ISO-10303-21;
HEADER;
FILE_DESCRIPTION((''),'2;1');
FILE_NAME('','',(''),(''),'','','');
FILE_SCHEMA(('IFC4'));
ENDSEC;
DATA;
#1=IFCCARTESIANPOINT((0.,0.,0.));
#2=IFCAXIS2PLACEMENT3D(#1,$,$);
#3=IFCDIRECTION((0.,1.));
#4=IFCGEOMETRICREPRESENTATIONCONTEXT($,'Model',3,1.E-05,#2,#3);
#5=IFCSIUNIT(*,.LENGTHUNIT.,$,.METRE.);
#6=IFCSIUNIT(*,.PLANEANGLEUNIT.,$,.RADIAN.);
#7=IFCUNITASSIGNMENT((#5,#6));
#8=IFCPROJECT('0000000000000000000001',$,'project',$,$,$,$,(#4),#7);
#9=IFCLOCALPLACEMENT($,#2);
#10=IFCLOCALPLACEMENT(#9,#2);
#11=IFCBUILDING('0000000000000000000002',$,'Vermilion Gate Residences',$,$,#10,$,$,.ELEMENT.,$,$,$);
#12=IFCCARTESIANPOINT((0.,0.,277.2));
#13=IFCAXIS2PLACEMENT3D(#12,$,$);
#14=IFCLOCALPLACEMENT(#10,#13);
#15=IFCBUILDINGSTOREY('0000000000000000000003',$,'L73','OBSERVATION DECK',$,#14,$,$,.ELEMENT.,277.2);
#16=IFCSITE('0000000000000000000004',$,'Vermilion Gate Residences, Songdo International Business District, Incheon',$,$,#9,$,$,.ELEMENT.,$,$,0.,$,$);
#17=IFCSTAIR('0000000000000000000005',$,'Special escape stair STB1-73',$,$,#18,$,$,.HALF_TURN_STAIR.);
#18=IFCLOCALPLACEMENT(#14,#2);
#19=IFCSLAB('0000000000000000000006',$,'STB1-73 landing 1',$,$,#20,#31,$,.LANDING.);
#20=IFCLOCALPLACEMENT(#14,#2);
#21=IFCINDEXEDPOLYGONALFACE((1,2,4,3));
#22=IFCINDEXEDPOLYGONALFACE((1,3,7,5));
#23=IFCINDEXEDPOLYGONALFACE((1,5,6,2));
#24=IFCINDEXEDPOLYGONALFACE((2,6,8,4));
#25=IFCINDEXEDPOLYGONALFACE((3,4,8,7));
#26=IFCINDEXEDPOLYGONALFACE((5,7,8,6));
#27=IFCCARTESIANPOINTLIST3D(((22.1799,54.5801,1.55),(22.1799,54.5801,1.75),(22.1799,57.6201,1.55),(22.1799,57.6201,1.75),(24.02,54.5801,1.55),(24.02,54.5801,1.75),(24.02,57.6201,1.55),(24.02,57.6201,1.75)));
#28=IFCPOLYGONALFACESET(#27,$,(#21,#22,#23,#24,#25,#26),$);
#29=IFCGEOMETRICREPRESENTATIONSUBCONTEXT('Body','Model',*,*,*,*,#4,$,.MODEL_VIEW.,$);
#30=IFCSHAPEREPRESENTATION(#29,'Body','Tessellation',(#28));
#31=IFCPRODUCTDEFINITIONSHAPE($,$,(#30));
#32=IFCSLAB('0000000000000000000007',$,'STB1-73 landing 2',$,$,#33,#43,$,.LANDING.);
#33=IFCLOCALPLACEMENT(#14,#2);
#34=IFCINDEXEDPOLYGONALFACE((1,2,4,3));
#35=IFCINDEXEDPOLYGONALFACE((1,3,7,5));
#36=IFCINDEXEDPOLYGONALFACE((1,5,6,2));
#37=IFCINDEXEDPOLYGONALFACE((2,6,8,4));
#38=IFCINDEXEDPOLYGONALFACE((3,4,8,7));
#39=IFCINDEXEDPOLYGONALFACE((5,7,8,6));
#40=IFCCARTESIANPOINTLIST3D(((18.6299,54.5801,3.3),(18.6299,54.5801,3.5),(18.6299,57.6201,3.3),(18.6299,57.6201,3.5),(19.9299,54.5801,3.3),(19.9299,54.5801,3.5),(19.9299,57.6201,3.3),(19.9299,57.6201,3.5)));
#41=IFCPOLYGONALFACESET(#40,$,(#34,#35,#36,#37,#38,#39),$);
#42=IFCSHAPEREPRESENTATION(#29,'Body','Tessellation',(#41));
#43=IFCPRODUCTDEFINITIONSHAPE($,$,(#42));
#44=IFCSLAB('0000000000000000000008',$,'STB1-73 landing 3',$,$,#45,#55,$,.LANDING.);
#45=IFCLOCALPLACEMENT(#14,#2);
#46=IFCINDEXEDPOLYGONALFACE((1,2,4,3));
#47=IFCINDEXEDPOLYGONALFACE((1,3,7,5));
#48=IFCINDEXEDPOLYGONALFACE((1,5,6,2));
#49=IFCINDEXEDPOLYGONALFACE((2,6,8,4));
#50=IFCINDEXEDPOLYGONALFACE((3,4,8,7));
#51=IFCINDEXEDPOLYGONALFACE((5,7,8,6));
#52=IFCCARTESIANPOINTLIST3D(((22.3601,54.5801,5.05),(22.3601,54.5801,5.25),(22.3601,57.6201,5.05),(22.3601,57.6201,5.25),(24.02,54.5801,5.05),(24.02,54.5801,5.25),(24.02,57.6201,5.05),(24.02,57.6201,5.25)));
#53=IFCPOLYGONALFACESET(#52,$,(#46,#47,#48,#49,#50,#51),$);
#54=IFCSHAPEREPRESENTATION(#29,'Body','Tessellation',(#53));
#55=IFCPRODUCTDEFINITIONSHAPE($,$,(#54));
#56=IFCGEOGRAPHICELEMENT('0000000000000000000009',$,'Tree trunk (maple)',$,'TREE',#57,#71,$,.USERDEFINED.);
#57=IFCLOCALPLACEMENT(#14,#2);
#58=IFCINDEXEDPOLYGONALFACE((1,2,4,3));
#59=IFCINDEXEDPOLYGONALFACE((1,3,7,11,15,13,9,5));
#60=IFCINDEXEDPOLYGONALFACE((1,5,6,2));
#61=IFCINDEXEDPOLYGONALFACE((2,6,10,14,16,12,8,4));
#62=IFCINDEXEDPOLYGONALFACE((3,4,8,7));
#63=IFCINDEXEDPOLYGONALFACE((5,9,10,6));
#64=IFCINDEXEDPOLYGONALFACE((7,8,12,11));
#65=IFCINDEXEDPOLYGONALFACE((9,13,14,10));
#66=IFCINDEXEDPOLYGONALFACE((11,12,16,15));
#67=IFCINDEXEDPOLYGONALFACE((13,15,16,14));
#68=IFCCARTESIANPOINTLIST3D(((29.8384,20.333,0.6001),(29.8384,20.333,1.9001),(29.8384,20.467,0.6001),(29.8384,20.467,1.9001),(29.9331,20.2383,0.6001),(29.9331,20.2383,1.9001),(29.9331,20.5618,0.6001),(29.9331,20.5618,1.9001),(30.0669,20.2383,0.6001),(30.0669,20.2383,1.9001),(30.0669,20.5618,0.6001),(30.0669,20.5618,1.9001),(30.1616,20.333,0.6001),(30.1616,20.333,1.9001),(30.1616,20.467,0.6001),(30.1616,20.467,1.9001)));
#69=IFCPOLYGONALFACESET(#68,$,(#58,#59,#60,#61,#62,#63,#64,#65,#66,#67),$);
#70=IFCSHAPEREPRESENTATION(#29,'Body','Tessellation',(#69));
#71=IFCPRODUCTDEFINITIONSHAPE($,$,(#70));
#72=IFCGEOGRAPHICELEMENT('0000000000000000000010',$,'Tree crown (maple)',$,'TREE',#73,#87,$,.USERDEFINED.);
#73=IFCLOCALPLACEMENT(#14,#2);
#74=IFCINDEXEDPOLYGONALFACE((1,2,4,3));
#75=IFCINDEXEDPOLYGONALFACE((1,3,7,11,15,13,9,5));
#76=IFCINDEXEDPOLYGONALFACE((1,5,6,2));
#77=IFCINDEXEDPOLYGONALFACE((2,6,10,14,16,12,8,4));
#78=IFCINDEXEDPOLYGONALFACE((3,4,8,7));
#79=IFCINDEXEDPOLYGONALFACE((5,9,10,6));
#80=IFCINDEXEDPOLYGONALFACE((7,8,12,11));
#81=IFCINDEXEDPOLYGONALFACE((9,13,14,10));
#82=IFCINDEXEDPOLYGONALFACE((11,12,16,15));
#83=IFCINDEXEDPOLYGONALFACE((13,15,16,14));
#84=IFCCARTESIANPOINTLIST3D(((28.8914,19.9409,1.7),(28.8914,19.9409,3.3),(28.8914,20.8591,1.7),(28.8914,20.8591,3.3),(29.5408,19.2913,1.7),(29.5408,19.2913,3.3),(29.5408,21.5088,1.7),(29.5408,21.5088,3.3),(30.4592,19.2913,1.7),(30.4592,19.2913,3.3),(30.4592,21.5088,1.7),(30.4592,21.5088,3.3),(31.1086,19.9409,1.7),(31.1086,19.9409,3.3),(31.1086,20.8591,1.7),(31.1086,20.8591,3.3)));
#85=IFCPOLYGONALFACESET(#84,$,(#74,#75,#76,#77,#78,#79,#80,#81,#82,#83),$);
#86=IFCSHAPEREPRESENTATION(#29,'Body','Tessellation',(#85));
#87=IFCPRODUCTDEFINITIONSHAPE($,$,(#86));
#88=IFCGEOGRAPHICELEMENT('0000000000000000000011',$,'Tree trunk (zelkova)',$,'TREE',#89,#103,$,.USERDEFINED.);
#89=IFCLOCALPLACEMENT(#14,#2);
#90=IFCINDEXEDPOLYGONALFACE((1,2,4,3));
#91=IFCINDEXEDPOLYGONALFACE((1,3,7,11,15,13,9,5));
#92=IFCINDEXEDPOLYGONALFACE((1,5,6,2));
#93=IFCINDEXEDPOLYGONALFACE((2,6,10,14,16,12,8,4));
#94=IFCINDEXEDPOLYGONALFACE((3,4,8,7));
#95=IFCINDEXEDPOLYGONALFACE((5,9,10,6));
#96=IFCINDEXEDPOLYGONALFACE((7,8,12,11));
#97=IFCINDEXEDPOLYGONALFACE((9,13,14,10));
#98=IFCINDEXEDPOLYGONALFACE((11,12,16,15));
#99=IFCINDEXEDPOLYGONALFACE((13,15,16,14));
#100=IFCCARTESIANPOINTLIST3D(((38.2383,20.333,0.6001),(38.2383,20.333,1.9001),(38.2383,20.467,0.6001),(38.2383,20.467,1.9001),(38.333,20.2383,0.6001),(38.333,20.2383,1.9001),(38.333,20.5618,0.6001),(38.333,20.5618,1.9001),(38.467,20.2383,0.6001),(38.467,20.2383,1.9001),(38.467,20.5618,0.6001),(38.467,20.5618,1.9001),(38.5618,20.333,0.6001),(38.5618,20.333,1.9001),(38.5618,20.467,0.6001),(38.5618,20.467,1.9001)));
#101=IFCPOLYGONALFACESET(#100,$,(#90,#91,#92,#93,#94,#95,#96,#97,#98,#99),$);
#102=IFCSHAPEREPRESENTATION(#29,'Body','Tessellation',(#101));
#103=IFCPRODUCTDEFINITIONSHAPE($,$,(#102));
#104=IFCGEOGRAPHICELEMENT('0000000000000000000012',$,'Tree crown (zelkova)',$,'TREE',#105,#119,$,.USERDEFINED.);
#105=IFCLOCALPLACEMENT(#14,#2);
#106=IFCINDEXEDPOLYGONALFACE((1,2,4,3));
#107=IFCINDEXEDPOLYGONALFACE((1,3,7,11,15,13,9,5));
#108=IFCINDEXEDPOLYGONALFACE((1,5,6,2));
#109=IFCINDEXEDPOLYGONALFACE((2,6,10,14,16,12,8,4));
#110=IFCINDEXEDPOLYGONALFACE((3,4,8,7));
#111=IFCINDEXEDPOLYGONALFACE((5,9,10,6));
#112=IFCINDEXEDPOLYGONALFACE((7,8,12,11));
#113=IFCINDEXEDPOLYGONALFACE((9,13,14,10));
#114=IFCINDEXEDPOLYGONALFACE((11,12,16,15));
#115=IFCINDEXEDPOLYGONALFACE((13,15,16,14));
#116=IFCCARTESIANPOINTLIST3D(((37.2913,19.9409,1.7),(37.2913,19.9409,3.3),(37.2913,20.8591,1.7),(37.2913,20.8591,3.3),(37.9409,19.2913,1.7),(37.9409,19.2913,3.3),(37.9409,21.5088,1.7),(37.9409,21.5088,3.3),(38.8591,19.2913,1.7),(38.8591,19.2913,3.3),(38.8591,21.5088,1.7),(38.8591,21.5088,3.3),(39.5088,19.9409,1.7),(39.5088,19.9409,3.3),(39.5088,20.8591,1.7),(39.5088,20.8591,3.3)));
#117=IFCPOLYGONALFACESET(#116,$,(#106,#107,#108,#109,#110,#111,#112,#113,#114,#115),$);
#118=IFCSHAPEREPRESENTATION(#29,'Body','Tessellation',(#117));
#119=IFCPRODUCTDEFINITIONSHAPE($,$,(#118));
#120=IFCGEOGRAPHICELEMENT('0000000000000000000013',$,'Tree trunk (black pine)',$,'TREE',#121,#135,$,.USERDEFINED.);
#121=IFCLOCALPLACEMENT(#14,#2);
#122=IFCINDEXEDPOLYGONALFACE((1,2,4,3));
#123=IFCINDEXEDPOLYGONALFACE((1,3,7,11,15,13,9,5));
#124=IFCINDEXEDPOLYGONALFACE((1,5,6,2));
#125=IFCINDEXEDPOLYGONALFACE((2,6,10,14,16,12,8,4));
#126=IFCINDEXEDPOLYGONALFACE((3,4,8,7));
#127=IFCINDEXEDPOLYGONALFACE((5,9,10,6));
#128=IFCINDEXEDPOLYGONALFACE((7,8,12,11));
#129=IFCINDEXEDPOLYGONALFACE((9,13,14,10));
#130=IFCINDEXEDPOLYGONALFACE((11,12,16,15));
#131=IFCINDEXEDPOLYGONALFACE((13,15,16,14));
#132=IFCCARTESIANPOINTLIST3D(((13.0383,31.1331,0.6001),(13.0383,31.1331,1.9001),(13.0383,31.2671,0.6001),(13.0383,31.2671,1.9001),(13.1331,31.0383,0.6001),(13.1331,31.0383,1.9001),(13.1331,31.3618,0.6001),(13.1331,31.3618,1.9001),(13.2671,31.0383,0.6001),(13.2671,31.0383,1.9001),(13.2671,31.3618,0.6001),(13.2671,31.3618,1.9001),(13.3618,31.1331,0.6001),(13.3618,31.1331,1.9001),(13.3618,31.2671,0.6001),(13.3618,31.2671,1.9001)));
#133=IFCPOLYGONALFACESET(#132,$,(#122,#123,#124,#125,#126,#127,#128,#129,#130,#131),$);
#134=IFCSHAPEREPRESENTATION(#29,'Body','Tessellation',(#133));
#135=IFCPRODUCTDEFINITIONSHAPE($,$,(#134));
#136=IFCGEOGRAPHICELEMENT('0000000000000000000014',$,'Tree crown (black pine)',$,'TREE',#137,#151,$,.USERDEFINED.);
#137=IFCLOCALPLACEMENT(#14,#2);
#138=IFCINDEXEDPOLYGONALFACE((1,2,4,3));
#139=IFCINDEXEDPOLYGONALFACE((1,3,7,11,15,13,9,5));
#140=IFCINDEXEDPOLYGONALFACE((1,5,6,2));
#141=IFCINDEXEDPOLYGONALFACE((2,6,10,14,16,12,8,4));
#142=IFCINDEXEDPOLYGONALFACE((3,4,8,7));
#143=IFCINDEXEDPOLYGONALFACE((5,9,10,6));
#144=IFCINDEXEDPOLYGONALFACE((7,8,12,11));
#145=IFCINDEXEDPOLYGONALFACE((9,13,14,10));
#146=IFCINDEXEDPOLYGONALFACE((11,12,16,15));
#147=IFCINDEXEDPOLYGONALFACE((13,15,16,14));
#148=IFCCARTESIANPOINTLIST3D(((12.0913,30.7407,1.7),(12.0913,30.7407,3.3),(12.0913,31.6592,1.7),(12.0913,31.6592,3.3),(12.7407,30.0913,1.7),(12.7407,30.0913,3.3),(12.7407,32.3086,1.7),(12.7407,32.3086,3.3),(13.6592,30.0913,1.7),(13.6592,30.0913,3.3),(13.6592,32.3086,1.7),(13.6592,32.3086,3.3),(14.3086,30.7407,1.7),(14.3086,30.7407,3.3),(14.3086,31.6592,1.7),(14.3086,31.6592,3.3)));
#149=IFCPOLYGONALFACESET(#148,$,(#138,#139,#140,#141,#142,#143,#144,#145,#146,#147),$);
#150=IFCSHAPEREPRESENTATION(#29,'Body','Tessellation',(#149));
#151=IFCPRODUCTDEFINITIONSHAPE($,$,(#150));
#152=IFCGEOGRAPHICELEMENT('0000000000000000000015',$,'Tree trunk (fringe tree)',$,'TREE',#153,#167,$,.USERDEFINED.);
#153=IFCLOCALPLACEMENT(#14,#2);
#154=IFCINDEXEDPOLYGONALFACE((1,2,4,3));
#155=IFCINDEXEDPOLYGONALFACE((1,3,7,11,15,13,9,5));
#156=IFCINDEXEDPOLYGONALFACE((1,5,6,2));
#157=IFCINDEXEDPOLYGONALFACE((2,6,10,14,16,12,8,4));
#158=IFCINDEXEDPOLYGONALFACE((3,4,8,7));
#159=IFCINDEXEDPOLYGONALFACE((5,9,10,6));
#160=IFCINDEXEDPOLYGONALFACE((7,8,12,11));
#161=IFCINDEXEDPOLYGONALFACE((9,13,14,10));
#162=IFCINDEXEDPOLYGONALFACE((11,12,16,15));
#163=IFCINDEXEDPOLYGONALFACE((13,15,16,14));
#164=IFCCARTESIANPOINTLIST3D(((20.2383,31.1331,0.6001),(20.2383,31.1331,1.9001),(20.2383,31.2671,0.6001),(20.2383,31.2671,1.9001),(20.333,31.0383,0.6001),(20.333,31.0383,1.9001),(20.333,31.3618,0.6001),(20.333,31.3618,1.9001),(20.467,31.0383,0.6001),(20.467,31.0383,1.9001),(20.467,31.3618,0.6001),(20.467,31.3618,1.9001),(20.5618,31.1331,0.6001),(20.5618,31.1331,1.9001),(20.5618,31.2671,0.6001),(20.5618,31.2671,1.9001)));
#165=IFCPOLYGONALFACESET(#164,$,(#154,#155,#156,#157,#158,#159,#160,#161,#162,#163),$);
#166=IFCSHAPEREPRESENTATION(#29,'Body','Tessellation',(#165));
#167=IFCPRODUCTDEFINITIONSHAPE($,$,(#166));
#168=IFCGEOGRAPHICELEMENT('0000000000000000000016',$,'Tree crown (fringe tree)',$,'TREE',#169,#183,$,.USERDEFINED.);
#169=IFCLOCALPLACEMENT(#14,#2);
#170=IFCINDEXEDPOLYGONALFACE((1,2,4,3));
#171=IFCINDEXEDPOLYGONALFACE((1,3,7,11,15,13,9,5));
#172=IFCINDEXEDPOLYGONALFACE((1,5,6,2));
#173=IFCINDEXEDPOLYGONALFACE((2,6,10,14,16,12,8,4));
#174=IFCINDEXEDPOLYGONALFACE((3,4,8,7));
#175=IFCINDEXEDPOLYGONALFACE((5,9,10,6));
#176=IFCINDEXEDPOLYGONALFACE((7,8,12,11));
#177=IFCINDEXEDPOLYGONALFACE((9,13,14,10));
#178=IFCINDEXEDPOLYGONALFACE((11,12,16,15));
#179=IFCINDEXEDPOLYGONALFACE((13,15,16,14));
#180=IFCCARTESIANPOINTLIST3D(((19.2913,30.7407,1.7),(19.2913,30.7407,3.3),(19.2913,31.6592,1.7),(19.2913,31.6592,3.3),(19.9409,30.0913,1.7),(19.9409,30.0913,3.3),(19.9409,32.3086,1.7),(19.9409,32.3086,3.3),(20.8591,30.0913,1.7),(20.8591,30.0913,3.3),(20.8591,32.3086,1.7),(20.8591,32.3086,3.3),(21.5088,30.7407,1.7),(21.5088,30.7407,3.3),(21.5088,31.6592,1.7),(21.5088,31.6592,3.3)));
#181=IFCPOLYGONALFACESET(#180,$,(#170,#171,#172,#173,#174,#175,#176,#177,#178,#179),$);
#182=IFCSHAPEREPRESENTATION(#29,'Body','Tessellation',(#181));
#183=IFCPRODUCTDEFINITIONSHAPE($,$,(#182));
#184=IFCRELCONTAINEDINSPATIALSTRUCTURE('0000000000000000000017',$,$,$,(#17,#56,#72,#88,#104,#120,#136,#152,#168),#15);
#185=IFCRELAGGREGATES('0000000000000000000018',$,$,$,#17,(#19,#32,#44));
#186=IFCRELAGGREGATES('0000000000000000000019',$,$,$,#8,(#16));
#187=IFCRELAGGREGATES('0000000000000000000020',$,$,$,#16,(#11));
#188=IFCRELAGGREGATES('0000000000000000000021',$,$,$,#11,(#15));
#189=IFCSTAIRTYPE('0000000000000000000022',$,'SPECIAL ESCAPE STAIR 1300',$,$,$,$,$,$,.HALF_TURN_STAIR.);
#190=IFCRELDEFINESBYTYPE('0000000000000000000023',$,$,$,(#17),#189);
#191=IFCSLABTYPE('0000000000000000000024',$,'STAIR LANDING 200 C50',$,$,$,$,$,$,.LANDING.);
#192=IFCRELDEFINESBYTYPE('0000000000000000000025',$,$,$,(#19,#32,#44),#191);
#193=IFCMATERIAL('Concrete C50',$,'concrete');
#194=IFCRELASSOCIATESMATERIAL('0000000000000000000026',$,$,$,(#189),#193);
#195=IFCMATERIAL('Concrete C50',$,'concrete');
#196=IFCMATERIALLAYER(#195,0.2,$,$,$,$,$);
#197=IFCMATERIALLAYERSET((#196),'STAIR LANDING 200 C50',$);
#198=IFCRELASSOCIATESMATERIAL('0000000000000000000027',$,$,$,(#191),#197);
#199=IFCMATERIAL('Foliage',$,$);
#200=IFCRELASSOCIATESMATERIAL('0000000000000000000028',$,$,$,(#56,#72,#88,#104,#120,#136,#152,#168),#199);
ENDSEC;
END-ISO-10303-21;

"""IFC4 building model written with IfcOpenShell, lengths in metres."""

from ifc_helpers import new_model, si_unit, direction, frame, origin, place, context, subcontext, project, spatial, polyline, outline, extrude, material, layer, layer_set, type_object, element, aggregate, save


model = new_model("IFC4")

# Units and contexts
model_context = context("Model", 3, precision=1e-05, world=origin(), true_north=direction((0.0, 1.0)))
body_context = subcontext(model_context, "Body", "Model", "MODEL_VIEW")
ifc_project = project(units=[si_unit("LENGTHUNIT", "METRE"), si_unit("PLANEANGLEUNIT", "RADIAN")], contexts=[model_context])

# Site, building, storey
site_placement = place(None, origin())
site = spatial("IfcSite", under=ifc_project, at=site_placement, Name="Vermilion Gate Residences, Songdo International Business District, Incheon", CompositionType="ELEMENT", RefElevation=0.0)
building_placement = place(site_placement, origin())
building = spatial("IfcBuilding", under=site, at=building_placement, Name="Vermilion Gate Residences", CompositionType="ELEMENT")
storey_placement = place(building_placement, frame((0.0, 0.0, 277.2)))
storey = spatial("IfcBuildingStorey", under=building, at=storey_placement, Name="L73", Description="OBSERVATION DECK", CompositionType="ELEMENT", Elevation=277.2)

# Stair, slabs
ifc_material_1 = material(Name="Concrete C50", Category="concrete")
stair_type = type_object("IfcStairType", Name="SPECIAL ESCAPE STAIR 1300", PredefinedType="HALF_TURN_STAIR", material=ifc_material_1)
ifc_material_2 = material(Name="Concrete C50", Category="concrete")
ifc_layer_1 = layer(ifc_material_2, 0.2)
ifc_layer_set_1 = layer_set([ifc_layer_1], Name="STAIR LANDING 200 C50")
slab_type_1 = type_object("IfcSlabType", Name="STAIR LANDING 200 C50", PredefinedType="LANDING", material=ifc_layer_set_1)
stair_1_placement = place(storey_placement, origin())
stair_1 = element("IfcStair", 1, at=stair_1_placement, inside=storey, type_object=stair_type, Name="Special escape stair STB1-73", PredefinedType="HALF_TURN_STAIR")
slab_1_placement = place(storey_placement, frame((0.0, 0.0, 1.55)))
slab_1 = element("IfcSlab", 2, at=slab_1_placement, type_object=slab_type_1, Name="STB1-73 landing 1", PredefinedType="LANDING", context=body_context, shape_type="SweptSolid", body=[
    extrude(outline(polyline([(24.02, 54.5801), (24.02, 57.6201), (22.1799, 57.6201), (22.1799, 54.5801), (24.02, 54.5801)])), origin(), (0.0, 0.0, 1.0), 0.2),
])
slab_2_placement = place(storey_placement, frame((0.0, 0.0, 3.3)))
slab_2 = element("IfcSlab", 3, at=slab_2_placement, type_object=slab_type_1, Name="STB1-73 landing 2", PredefinedType="LANDING", context=body_context, shape_type="SweptSolid", body=[
    extrude(outline(polyline([(19.9299, 54.5801), (19.9299, 57.6201), (18.6299, 57.6201), (18.6299, 54.5801), (19.9299, 54.5801)])), origin(), (0.0, 0.0, 1.0), 0.2),
])
slab_3_placement = place(storey_placement, frame((0.0, 0.0, 5.05)))
slab_3 = element("IfcSlab", 4, at=slab_3_placement, type_object=slab_type_1, Name="STB1-73 landing 3", PredefinedType="LANDING", context=body_context, shape_type="SweptSolid", body=[
    extrude(outline(polyline([(24.02, 54.5801), (24.02, 57.6201), (22.3601, 57.6201), (22.3601, 54.5801), (24.02, 54.5801)])), origin(), (0.0, 0.0, 1.0), 0.2),
])
aggregate(stair_1, [slab_1, slab_2, slab_3])

# Geographic elements
ifc_material_3 = material(Name="Foliage")
geographic_element_1_placement = place(storey_placement, frame((0.0, 0.0, 0.6001)))
element("IfcGeographicElement", 5, at=geographic_element_1_placement, inside=storey, material=ifc_material_3, Name="Tree trunk (maple)", ObjectType="TREE", PredefinedType="USERDEFINED", context=body_context, shape_type="SweptSolid", body=[
    extrude(outline(polyline([(30.1616, 20.467), (30.0669, 20.5618), (29.9331, 20.5618), (29.8384, 20.467), (29.8384, 20.333), (29.9331, 20.2383), (30.0669, 20.2383), (30.1616, 20.333), (30.1616, 20.467)])), origin(), (0.0, 0.0, 1.0), 1.3),
])
geographic_element_2_placement = place(storey_placement, frame((0.0, 0.0, 1.7)))
element("IfcGeographicElement", 6, at=geographic_element_2_placement, inside=storey, material=ifc_material_3, Name="Tree crown (maple)", ObjectType="TREE", PredefinedType="USERDEFINED", context=body_context, shape_type="SweptSolid", body=[
    extrude(outline(polyline([(31.1086, 20.8591), (30.4592, 21.5088), (29.5408, 21.5088), (28.8914, 20.8591), (28.8914, 19.9409), (29.5408, 19.2913), (30.4592, 19.2913), (31.1086, 19.9409), (31.1086, 20.8591)])), origin(), (0.0, 0.0, 1.0), 1.6001),
])
geographic_element_3_placement = place(storey_placement, frame((0.0, 0.0, 0.6001)))
element("IfcGeographicElement", 7, at=geographic_element_3_placement, inside=storey, material=ifc_material_3, Name="Tree trunk (zelkova)", ObjectType="TREE", PredefinedType="USERDEFINED", context=body_context, shape_type="SweptSolid", body=[
    extrude(outline(polyline([(38.5618, 20.467), (38.467, 20.5618), (38.333, 20.5618), (38.2383, 20.467), (38.2383, 20.333), (38.333, 20.2383), (38.467, 20.2383), (38.5618, 20.333), (38.5618, 20.467)])), origin(), (0.0, 0.0, 1.0), 1.3),
])
geographic_element_4_placement = place(storey_placement, frame((0.0, 0.0, 1.7)))
element("IfcGeographicElement", 8, at=geographic_element_4_placement, inside=storey, material=ifc_material_3, Name="Tree crown (zelkova)", ObjectType="TREE", PredefinedType="USERDEFINED", context=body_context, shape_type="SweptSolid", body=[
    extrude(outline(polyline([(39.5088, 20.8591), (38.8591, 21.5088), (37.9409, 21.5088), (37.2913, 20.8591), (37.2913, 19.9409), (37.9409, 19.2913), (38.8591, 19.2913), (39.5088, 19.9409), (39.5088, 20.8591)])), origin(), (0.0, 0.0, 1.0), 1.6001),
])
geographic_element_5_placement = place(storey_placement, frame((0.0, 0.0, 0.6001)))
element("IfcGeographicElement", 9, at=geographic_element_5_placement, inside=storey, material=ifc_material_3, Name="Tree trunk (black pine)", ObjectType="TREE", PredefinedType="USERDEFINED", context=body_context, shape_type="SweptSolid", body=[
    extrude(outline(polyline([(13.3618, 31.2671), (13.2671, 31.3618), (13.1331, 31.3618), (13.0383, 31.2671), (13.0383, 31.1331), (13.1331, 31.0383), (13.2671, 31.0383), (13.3618, 31.1331), (13.3618, 31.2671)])), origin(), (0.0, 0.0, 1.0), 1.3),
])
geographic_element_6_placement = place(storey_placement, frame((0.0, 0.0, 1.7)))
element("IfcGeographicElement", 10, at=geographic_element_6_placement, inside=storey, material=ifc_material_3, Name="Tree crown (black pine)", ObjectType="TREE", PredefinedType="USERDEFINED", context=body_context, shape_type="SweptSolid", body=[
    extrude(outline(polyline([(14.3086, 31.6592), (13.6592, 32.3086), (12.7407, 32.3086), (12.0913, 31.6592), (12.0913, 30.7407), (12.7407, 30.0913), (13.6592, 30.0913), (14.3086, 30.7407), (14.3086, 31.6592)])), origin(), (0.0, 0.0, 1.0), 1.6001),
])
geographic_element_7_placement = place(storey_placement, frame((0.0, 0.0, 0.6001)))
element("IfcGeographicElement", 11, at=geographic_element_7_placement, inside=storey, material=ifc_material_3, Name="Tree trunk (fringe tree)", ObjectType="TREE", PredefinedType="USERDEFINED", context=body_context, shape_type="SweptSolid", body=[
    extrude(outline(polyline([(20.5618, 31.2671), (20.467, 31.3618), (20.333, 31.3618), (20.2383, 31.2671), (20.2383, 31.1331), (20.333, 31.0383), (20.467, 31.0383), (20.5618, 31.1331), (20.5618, 31.2671)])), origin(), (0.0, 0.0, 1.0), 1.3),
])
geographic_element_8_placement = place(storey_placement, frame((0.0, 0.0, 1.7)))
element("IfcGeographicElement", 12, at=geographic_element_8_placement, inside=storey, material=ifc_material_3, Name="Tree crown (fringe tree)", ObjectType="TREE", PredefinedType="USERDEFINED", context=body_context, shape_type="SweptSolid", body=[
    extrude(outline(polyline([(21.5088, 31.6592), (20.8591, 32.3086), (19.9409, 32.3086), (19.2913, 31.6592), (19.2913, 30.7407), (19.9409, 30.0913), (20.8591, 30.0913), (21.5088, 30.7407), (21.5088, 31.6592)])), origin(), (0.0, 0.0, 1.0), 1.6001),
])

save(model, "model.ifc")
